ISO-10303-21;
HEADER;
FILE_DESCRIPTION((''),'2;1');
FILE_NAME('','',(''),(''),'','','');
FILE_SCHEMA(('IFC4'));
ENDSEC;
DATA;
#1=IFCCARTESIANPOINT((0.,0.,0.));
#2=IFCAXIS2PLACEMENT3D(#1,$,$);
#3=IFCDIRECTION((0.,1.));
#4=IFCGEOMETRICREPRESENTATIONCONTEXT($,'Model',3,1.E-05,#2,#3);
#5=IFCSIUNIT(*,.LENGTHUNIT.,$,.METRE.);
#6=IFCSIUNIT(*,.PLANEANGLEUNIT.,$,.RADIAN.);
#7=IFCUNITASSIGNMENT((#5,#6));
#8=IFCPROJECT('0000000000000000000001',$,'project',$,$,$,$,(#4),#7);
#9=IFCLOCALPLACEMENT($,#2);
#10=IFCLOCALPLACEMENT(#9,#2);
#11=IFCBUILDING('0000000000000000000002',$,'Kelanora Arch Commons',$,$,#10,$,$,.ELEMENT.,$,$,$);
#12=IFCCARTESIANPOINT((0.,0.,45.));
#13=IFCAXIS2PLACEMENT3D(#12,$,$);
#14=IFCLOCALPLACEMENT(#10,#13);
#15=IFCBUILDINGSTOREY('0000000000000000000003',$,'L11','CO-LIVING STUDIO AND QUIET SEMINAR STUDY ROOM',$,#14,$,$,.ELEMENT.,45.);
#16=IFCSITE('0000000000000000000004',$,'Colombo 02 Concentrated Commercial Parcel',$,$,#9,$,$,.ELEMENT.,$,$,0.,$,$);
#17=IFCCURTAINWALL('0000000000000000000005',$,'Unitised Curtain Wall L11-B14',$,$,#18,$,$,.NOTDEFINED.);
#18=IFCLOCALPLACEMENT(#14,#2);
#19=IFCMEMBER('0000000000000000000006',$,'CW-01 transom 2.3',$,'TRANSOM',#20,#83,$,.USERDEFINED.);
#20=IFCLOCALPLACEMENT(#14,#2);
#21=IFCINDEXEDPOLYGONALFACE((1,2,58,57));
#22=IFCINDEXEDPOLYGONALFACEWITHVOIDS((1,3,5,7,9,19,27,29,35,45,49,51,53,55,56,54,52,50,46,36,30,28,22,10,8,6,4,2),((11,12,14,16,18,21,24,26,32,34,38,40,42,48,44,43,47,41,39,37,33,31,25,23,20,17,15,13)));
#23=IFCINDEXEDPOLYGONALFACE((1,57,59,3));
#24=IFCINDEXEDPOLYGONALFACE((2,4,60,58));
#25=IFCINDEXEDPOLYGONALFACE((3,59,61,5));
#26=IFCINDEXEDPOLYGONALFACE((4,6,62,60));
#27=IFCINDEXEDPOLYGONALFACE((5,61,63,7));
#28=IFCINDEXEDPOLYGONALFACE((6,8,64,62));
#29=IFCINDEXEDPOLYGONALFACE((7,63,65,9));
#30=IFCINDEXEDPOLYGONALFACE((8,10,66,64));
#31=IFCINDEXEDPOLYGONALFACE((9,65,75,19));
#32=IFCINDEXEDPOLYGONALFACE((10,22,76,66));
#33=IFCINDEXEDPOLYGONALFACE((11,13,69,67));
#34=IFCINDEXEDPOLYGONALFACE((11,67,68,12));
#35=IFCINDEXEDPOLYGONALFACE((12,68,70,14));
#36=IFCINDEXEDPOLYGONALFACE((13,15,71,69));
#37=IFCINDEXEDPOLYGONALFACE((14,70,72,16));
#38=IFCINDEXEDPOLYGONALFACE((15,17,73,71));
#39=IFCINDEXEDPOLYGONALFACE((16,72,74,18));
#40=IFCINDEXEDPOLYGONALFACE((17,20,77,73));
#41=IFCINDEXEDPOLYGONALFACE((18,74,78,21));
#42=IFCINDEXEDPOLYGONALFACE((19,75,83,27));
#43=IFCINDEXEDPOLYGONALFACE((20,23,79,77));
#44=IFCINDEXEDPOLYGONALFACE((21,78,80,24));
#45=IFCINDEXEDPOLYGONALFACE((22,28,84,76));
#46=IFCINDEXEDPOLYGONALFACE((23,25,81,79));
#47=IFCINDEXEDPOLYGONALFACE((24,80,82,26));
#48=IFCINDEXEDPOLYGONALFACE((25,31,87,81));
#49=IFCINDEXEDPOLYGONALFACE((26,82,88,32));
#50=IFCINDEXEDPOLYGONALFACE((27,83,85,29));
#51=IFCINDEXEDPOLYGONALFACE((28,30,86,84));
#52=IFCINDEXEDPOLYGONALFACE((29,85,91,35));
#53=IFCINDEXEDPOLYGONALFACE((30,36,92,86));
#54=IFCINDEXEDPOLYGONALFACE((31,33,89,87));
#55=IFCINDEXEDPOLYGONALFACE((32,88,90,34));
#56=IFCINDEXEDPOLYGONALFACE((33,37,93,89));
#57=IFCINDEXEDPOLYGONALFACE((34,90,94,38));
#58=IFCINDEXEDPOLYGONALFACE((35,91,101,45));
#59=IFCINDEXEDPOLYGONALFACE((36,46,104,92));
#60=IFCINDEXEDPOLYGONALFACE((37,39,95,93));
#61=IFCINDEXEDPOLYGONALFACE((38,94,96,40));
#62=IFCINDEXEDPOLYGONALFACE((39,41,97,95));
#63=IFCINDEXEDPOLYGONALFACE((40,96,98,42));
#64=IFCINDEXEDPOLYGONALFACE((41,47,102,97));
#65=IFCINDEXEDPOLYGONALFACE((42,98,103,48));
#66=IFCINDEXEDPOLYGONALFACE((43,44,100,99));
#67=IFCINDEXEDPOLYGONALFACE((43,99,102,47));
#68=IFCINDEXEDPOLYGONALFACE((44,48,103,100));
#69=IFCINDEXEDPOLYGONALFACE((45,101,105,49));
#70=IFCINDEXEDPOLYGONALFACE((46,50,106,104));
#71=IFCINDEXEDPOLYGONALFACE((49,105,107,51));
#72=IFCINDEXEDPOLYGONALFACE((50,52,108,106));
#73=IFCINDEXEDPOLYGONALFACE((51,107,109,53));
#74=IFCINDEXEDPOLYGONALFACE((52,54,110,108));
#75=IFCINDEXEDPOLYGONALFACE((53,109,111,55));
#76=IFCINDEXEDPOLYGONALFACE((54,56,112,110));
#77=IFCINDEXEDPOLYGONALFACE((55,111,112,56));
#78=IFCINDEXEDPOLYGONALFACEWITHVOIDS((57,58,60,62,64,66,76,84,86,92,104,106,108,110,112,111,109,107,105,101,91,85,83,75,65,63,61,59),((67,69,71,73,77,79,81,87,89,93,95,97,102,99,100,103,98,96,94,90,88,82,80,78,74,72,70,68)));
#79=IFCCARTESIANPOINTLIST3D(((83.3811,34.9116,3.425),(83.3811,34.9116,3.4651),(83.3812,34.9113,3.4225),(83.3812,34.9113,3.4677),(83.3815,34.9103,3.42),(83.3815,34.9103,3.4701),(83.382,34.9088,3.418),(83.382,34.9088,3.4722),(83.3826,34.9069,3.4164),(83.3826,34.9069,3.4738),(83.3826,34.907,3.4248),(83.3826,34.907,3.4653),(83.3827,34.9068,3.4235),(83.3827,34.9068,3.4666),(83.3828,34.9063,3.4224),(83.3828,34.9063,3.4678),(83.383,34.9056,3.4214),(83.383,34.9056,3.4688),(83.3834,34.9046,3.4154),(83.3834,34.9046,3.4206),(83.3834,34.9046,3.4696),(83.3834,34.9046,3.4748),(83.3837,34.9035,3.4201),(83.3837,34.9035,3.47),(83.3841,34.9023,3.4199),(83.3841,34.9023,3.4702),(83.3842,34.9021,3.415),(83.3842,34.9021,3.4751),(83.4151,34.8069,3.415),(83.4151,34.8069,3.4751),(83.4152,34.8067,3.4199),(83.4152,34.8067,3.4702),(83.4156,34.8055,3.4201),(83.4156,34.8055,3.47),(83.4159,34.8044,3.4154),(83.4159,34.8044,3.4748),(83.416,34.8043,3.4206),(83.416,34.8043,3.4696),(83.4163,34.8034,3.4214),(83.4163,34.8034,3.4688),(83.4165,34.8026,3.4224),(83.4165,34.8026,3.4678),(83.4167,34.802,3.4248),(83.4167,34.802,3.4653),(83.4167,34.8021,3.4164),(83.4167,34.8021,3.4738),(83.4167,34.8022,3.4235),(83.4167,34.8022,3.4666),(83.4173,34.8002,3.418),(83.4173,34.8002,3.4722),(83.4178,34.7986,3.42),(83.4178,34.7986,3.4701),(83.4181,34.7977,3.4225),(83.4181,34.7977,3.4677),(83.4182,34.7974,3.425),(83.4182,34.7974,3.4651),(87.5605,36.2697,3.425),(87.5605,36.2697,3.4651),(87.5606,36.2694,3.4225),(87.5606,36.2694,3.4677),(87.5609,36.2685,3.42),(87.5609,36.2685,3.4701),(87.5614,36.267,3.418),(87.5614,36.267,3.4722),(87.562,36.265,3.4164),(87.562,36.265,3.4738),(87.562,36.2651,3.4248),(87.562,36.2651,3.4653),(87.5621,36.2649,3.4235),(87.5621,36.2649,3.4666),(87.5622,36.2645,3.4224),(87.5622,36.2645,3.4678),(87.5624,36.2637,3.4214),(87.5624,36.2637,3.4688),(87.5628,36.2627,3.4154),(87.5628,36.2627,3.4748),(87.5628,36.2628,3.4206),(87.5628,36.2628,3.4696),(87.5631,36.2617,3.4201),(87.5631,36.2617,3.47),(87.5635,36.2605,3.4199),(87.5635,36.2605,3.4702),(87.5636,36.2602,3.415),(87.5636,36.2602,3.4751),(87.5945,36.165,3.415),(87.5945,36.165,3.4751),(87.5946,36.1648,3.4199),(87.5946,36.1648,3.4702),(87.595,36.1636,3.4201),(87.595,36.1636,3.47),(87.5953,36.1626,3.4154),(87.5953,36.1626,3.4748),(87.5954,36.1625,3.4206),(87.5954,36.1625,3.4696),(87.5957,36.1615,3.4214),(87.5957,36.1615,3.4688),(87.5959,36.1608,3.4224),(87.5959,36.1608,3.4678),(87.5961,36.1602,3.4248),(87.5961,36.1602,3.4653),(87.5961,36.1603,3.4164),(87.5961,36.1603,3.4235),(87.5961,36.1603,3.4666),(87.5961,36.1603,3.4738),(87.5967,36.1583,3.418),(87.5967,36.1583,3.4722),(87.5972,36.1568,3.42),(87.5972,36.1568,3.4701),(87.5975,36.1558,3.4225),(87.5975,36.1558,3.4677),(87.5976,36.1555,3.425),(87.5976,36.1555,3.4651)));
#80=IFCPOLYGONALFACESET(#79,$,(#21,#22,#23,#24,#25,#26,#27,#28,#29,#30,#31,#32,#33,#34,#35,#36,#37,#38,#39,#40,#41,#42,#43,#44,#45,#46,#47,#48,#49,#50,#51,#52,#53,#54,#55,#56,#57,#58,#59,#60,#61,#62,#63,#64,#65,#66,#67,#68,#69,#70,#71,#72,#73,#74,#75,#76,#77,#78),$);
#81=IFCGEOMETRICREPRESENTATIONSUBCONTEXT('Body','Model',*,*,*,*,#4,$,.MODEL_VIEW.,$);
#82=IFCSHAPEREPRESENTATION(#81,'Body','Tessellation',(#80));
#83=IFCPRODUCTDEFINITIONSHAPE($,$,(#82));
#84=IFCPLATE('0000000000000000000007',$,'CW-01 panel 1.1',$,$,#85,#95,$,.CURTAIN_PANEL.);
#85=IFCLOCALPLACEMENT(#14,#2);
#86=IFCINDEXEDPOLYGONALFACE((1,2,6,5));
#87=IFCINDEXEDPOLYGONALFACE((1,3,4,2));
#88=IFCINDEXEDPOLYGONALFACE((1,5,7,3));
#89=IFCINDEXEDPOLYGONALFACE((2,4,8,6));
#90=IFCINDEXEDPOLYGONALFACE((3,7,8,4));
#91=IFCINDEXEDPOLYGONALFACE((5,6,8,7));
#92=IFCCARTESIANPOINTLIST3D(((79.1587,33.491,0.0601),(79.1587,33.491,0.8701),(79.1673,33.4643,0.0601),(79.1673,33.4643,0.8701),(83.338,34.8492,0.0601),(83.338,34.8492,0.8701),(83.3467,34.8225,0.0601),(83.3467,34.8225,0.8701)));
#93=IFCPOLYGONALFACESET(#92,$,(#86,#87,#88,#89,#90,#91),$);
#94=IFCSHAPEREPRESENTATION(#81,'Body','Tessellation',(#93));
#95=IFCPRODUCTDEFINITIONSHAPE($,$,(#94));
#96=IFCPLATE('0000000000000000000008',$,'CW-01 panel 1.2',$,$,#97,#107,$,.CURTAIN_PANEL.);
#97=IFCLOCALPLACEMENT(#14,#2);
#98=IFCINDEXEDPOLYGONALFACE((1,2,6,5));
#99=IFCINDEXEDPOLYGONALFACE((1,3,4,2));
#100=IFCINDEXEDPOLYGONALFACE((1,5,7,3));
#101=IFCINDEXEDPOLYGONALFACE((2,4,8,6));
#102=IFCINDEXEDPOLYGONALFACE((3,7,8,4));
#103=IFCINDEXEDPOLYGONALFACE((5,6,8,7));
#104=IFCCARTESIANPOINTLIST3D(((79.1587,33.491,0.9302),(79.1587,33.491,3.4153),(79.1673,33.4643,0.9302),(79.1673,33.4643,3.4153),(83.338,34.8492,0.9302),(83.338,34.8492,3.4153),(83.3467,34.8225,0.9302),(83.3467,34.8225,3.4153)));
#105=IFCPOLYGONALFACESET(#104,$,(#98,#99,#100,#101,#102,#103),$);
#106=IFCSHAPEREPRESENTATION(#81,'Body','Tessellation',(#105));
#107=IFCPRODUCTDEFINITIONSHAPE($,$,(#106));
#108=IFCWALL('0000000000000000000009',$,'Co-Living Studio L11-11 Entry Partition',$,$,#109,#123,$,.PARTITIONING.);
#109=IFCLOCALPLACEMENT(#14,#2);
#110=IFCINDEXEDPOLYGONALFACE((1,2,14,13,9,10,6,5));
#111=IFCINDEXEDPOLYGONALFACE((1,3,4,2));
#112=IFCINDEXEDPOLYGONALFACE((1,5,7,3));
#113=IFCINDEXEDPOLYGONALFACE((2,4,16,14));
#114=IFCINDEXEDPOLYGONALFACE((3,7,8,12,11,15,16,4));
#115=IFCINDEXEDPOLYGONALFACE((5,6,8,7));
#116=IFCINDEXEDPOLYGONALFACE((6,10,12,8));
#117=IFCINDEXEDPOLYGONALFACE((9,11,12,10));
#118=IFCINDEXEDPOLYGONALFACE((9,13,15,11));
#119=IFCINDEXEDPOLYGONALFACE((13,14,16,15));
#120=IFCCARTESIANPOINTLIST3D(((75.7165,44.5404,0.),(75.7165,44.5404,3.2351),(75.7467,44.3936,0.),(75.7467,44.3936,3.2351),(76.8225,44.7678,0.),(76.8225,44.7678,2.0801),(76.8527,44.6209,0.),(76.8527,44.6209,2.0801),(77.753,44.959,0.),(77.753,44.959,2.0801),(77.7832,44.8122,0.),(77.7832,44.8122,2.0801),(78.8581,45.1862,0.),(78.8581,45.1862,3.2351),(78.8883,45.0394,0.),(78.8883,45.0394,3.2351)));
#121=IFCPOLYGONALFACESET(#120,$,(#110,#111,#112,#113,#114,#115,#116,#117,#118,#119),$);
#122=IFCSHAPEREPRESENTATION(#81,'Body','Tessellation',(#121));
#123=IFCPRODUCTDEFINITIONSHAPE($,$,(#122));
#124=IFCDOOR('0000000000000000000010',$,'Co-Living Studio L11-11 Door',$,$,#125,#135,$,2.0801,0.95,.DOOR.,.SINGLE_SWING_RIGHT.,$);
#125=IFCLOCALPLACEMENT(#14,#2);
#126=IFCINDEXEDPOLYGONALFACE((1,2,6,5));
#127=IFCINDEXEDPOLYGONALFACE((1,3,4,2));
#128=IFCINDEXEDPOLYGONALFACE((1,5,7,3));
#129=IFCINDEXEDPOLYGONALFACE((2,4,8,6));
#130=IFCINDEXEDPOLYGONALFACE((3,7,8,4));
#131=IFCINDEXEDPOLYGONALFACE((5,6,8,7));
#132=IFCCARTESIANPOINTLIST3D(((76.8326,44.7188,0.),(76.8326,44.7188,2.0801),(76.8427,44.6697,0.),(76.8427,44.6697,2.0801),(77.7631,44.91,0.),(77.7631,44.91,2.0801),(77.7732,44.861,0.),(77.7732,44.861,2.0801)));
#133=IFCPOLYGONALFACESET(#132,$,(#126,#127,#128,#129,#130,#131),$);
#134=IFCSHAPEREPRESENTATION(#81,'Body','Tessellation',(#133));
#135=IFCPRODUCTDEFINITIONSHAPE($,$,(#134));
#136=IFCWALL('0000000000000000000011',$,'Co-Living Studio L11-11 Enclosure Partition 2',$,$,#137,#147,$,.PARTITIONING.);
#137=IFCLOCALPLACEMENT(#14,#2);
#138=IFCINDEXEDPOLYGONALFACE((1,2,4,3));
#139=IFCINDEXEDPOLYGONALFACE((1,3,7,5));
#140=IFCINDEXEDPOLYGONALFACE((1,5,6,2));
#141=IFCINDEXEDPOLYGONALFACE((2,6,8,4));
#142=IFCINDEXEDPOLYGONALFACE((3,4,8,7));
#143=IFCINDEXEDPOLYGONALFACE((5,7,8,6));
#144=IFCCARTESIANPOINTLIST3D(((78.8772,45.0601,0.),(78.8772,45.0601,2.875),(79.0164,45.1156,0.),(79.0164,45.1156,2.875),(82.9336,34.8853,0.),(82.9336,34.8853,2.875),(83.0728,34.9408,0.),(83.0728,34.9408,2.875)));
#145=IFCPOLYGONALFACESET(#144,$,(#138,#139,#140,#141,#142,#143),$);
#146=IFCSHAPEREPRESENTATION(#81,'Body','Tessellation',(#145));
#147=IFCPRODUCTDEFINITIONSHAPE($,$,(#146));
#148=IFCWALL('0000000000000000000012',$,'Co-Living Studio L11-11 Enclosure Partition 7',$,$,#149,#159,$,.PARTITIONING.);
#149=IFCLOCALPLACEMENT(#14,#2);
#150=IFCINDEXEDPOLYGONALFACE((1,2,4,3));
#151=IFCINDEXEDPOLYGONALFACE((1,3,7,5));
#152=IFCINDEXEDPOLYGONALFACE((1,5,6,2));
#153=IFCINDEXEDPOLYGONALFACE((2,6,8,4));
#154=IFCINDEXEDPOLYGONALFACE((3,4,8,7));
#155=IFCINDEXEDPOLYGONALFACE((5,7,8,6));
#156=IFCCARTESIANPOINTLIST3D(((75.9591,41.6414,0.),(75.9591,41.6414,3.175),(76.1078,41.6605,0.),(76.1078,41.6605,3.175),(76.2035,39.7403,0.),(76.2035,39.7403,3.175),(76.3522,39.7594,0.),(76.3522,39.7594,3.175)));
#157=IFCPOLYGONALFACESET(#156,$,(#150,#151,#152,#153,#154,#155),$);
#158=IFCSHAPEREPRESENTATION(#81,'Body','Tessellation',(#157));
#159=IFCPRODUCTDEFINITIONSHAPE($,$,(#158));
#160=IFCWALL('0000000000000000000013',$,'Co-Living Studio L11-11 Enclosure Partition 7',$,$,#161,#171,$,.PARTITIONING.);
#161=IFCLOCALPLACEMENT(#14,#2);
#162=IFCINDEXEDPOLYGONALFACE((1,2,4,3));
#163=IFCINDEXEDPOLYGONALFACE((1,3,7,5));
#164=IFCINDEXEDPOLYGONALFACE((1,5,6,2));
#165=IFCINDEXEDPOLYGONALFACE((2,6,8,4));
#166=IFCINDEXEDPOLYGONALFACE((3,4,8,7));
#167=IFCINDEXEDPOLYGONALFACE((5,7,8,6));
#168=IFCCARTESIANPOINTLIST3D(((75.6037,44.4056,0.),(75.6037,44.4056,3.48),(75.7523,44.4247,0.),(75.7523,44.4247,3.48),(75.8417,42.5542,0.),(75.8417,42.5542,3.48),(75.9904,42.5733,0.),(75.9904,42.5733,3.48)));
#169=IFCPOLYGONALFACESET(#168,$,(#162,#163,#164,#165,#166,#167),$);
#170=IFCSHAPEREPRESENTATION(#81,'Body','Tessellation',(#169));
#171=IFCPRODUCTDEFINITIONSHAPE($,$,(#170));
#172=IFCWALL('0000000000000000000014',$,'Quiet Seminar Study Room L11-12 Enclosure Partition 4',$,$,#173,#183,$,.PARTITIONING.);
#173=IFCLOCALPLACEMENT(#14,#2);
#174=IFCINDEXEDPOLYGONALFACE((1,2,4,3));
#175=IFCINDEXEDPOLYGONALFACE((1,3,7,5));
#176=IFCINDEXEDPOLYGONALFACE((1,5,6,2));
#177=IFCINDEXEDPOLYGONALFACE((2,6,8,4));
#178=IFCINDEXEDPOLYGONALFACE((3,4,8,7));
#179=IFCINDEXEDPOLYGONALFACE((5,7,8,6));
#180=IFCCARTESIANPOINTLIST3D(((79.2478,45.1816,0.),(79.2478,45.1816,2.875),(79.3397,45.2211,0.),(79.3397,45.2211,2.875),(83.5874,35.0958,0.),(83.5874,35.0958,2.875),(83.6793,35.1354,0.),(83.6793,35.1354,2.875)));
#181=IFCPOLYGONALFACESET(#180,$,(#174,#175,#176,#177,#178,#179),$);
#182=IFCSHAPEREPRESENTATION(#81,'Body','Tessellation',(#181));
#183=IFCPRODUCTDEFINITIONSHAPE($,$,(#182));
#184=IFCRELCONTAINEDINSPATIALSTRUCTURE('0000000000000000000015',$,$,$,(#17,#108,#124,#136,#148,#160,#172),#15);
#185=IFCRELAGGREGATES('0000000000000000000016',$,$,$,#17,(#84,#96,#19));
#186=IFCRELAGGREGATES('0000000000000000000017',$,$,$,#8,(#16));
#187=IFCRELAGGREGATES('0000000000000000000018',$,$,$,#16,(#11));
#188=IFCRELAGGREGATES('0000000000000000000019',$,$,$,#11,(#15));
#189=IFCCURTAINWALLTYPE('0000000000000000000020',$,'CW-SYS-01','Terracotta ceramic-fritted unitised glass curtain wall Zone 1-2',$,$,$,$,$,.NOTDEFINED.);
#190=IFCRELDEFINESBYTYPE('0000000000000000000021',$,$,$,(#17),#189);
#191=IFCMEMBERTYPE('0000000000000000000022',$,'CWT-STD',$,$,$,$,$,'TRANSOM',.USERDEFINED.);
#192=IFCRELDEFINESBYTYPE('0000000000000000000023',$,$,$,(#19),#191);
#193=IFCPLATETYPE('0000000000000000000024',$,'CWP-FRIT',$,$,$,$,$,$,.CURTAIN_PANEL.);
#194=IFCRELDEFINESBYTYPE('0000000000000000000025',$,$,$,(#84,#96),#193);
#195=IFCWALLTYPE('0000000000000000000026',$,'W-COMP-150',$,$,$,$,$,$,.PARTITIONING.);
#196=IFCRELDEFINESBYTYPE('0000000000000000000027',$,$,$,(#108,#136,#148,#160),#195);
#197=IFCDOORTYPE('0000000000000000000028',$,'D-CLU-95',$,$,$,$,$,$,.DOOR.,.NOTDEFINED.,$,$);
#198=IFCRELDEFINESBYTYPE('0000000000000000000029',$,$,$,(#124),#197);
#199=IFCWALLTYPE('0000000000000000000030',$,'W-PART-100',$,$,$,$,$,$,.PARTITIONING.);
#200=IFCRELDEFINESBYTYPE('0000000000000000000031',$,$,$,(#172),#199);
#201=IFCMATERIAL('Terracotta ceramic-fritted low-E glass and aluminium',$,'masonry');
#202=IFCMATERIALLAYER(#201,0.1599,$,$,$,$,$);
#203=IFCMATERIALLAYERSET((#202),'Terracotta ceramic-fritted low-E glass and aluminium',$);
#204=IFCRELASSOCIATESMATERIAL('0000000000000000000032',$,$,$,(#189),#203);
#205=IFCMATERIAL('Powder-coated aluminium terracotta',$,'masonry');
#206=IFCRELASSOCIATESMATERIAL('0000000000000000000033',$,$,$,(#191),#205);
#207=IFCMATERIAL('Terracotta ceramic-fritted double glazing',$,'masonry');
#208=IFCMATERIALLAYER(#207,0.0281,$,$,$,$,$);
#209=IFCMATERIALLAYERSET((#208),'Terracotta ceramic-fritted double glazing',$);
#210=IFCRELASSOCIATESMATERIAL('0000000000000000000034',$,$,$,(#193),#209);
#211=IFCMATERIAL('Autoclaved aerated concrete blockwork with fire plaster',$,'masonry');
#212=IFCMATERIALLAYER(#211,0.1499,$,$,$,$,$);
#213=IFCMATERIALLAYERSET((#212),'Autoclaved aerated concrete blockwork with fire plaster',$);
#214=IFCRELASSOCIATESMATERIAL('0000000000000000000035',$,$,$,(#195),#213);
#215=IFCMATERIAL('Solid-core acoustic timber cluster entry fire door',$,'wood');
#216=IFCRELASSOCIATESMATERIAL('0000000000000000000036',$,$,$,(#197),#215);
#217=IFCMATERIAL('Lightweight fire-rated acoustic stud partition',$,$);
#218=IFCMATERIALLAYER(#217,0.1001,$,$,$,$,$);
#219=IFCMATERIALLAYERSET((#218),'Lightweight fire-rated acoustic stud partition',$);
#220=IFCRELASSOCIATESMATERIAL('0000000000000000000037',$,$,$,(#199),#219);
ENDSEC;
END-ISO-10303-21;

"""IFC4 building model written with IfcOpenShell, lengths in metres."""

from ifc_helpers import new_model, si_unit, direction, frame, frame_2d, origin, origin_2d, place, context, subcontext, project, spatial, rectangle, hollow_rectangle, extrude, source, transform, mapped, material, layer, layer_set, material_profile, profile_set, type_object, element, fill, aggregate, save


model = new_model("IFC4")

# Units and contexts
model_context = context("Model", 3, precision=1e-05, world=origin(), true_north=direction((0.0, 1.0)))
body_context = subcontext(model_context, "Body", "Model", "MODEL_VIEW")
ifc_project = project(units=[si_unit("LENGTHUNIT", "METRE"), si_unit("PLANEANGLEUNIT", "RADIAN")], contexts=[model_context])

# Site, building, storey
site_placement = place(None, origin())
site = spatial("IfcSite", under=ifc_project, at=site_placement, Name="Colombo 02 Concentrated Commercial Parcel", CompositionType="ELEMENT", RefElevation=0.0)
building_placement = place(site_placement, origin())
building = spatial("IfcBuilding", under=site, at=building_placement, Name="Kelanora Arch Commons", CompositionType="ELEMENT")
storey_placement = place(building_placement, frame((0.0, 0.0, 45.0)))
storey = spatial("IfcBuildingStorey", under=building, at=storey_placement, Name="L11", Description="CO-LIVING STUDIO AND QUIET SEMINAR STUDY ROOM", CompositionType="ELEMENT", Elevation=45.0)

# Curtain wall, member, plates
ifc_material_1 = material(Name="Terracotta ceramic-fritted low-E glass and aluminium", Category="masonry")
ifc_layer_1 = layer(ifc_material_1, 0.1599)
ifc_layer_set_1 = layer_set([ifc_layer_1], Name="Terracotta ceramic-fritted low-E glass and aluminium")
curtain_wall_type = type_object("IfcCurtainWallType", Name="CW-SYS-01", Description="Terracotta ceramic-fritted unitised glass curtain wall Zone 1-2", PredefinedType="NOTDEFINED", material=ifc_layer_set_1)
curtain_wall_placement = place(storey_placement, origin())
curtain_wall = element("IfcCurtainWall", 1, at=curtain_wall_placement, inside=storey, type_object=curtain_wall_type, Name="Unitised Curtain Wall L11-B14", PredefinedType="NOTDEFINED")
ifc_material_2 = material(Name="Powder-coated aluminium terracotta", Category="masonry")
ifc_material_profile_1 = material_profile(ifc_material_2, hollow_rectangle(XDim=0.1201, YDim=0.0601, WallThickness=0.0049, InnerFilletRadius=0.0049, OuterFilletRadius=0.01, at=origin_2d()), Name="CWT120x60")
ifc_profile_set_1 = profile_set([ifc_material_profile_1], Name="Powder-coated aluminium terracotta")
member_type_1 = type_object("IfcMemberType", Name="CWT-STD", ElementType="TRANSOM", PredefinedType="USERDEFINED", material=ifc_profile_set_1)
member_1_placement = place(storey_placement, frame((83.3997, 34.8545, 3.4451), z_axis=(0.951045, 0.309052, 0.0), x_axis=(-0.309052, 0.951045, 0.0)))
member_1 = element("IfcMember", 2, at=member_1_placement, type_object=member_type_1, Name="CW-01 transom 2.3", ObjectType="TRANSOM", PredefinedType="USERDEFINED", context=body_context, shape_type="SweptSolid", body=[
    extrude(hollow_rectangle(XDim=0.1201, YDim=0.0601, WallThickness=0.0049, InnerFilletRadius=0.0049, OuterFilletRadius=0.01, at=origin_2d()), origin(), (0.0, 0.0, 1.0), 4.3945),
])
ifc_material_3 = material(Name="Terracotta ceramic-fritted double glazing", Category="masonry")
ifc_layer_2 = layer(ifc_material_3, 0.0281)
ifc_layer_set_2 = layer_set([ifc_layer_2], Name="Terracotta ceramic-fritted double glazing")
plate_type = type_object("IfcPlateType", Name="CWP-FRIT", PredefinedType="CURTAIN_PANEL", material=ifc_layer_set_2)
shared_shape_1 = source(origin(), body_context, "Body", "SweptSolid", [
    extrude(rectangle(XDim=4.3945, YDim=0.0281, at=origin_2d()), origin(), (0.0, 0.0, 1.0), 0.8101),
])
plate_1_placement = place(storey_placement, frame((81.2527, 34.1567, 0.0601), z_axis=(0.0, 0.0, 1.0), x_axis=(0.951043, 0.309058, 0.0)))
plate_1 = element("IfcPlate", 3, at=plate_1_placement, type_object=plate_type, Name="CW-01 panel 1.1", PredefinedType="CURTAIN_PANEL", context=body_context, shape_type="MappedRepresentation", body=[
    mapped(shared_shape_1, transform((0.0, 0.0, 0.0), scale=1.0)),
])
shared_shape_2 = source(origin(), body_context, "Body", "SweptSolid", [
    extrude(rectangle(XDim=4.3945, YDim=0.0281, at=origin_2d()), origin(), (0.0, 0.0, 1.0), 2.4851),
])
plate_2_placement = place(storey_placement, frame((81.2527, 34.1567, 0.9302), z_axis=(0.0, 0.0, 1.0), x_axis=(0.951043, 0.309058, 0.0)))
plate_2 = element("IfcPlate", 4, at=plate_2_placement, type_object=plate_type, Name="CW-01 panel 1.2", PredefinedType="CURTAIN_PANEL", context=body_context, shape_type="MappedRepresentation", body=[
    mapped(shared_shape_2, transform((0.0, 0.0, 0.0), scale=1.0)),
])
aggregate(curtain_wall, [plate_1, plate_2, member_1])

# Wall, opening, door
ifc_material_4 = material(Name="Autoclaved aerated concrete blockwork with fire plaster", Category="masonry")
ifc_layer_3 = layer(ifc_material_4, 0.1499)
ifc_layer_set_3 = layer_set([ifc_layer_3], Name="Autoclaved aerated concrete blockwork with fire plaster")
wall_type_1 = type_object("IfcWallType", Name="W-COMP-150", PredefinedType="PARTITIONING", material=ifc_layer_set_3)
wall_1_placement = place(storey_placement, frame((75.7317, 44.467, 0.0), z_axis=(0.0, 0.0, 1.0), x_axis=(0.979522, 0.201339, 0.0)))
wall_1 = element("IfcWall", 5, at=wall_1_placement, inside=storey, type_object=wall_type_1, Name="Co-Living Studio L11-11 Entry Partition", PredefinedType="PARTITIONING", context=body_context, shape_type="SweptSolid", body=[
    extrude(rectangle(XDim=3.2073, YDim=0.1499, at=frame_2d((1.6035, 0.0))), origin(), (0.0, 0.0, 1.0), 3.2351),
])
opening_1_placement = place(wall_1_placement, frame((1.1289, 0.0, 0.0)))
opening_1 = element("IfcOpeningElement", 6, at=opening_1_placement, cuts=wall_1, PredefinedType="OPENING", context=body_context, shape_type="SweptSolid", body=[
    extrude(rectangle(XDim=0.95, YDim=2.0801, at=frame_2d((0.4751, 1.04))), frame((0.0, 0.085, 0.0), z_axis=(0.0, -1.0, 0.0), x_axis=(1.0, 0.0, 0.0)), (0.0, 0.0, 1.0), 0.1699),
])
ifc_material_5 = material(Name="Solid-core acoustic timber cluster entry fire door", Category="wood")
door_type_1 = type_object("IfcDoorType", Name="D-CLU-95", OperationType="NOTDEFINED", PredefinedType="DOOR", material=ifc_material_5)
door_1_placement = place(opening_1_placement, origin())
door_1 = element("IfcDoor", 7, at=door_1_placement, inside=storey, type_object=door_type_1, Name="Co-Living Studio L11-11 Door", OperationType="SINGLE_SWING_RIGHT", OverallHeight=2.0801, OverallWidth=0.95, PredefinedType="DOOR", context=body_context, shape_type="SweptSolid", body=[
    extrude(rectangle(XDim=0.95, YDim=2.0801, at=frame_2d((0.4751, 1.04))), frame((0.0, 0.0249, 0.0), z_axis=(0.0, -1.0, 0.0), x_axis=(1.0, 0.0, 0.0)), (0.0, 0.0, 1.0), 0.05),
])
fill(opening_1, door_1)

# Walls
wall_2_placement = place(storey_placement, frame((78.9468, 45.0879, 0.0), z_axis=(0.0, 0.0, 1.0), x_axis=(0.370326, -0.928902, 0.0)))
element("IfcWall", 8, at=wall_2_placement, inside=storey, type_object=wall_type_1, Name="Co-Living Studio L11-11 Enclosure Partition 2", PredefinedType="PARTITIONING", context=body_context, shape_type="SweptSolid", body=[
    extrude(rectangle(XDim=10.9536, YDim=0.1499, at=frame_2d((5.4768, 0.0))), origin(), (0.0, 0.0, 1.0), 2.875),
])
wall_3_placement = place(storey_placement, frame((76.2778, 39.7498, 0.0), z_axis=(0.0, 0.0, 1.0), x_axis=(-0.127498, 0.991839, 0.0)))
element("IfcWall", 9, at=wall_3_placement, inside=storey, type_object=wall_type_1, Name="Co-Living Studio L11-11 Enclosure Partition 7", PredefinedType="PARTITIONING", context=body_context, shape_type="SweptSolid", body=[
    extrude(rectangle(XDim=1.9167, YDim=0.1499, at=frame_2d((0.9585, 0.0))), origin(), (0.0, 0.0, 1.0), 3.175),
])
wall_4_placement = place(storey_placement, frame((75.916, 42.5637, 0.0), z_axis=(0.0, 0.0, 1.0), x_axis=(-0.127511, 0.991837, 0.0)))
element("IfcWall", 10, at=wall_4_placement, inside=storey, type_object=wall_type_1, Name="Co-Living Studio L11-11 Enclosure Partition 7", PredefinedType="PARTITIONING", context=body_context, shape_type="SweptSolid", body=[
    extrude(rectangle(XDim=1.8667, YDim=0.1499, at=frame_2d((0.9333, 0.0))), origin(), (0.0, 0.0, 1.0), 3.48),
])
ifc_material_6 = material(Name="Lightweight fire-rated acoustic stud partition")
ifc_layer_4 = layer(ifc_material_6, 0.1001)
ifc_layer_set_4 = layer_set([ifc_layer_4], Name="Lightweight fire-rated acoustic stud partition")
wall_type_2 = type_object("IfcWallType", Name="W-PART-100", PredefinedType="PARTITIONING", material=ifc_layer_set_4)
wall_5_placement = place(storey_placement, frame((83.6333, 35.1157, 0.0), z_axis=(0.0, 0.0, 1.0), x_axis=(-0.395239, 0.918578, 0.0)))
element("IfcWall", 11, at=wall_5_placement, inside=storey, type_object=wall_type_2, Name="Quiet Seminar Study Room L11-12 Enclosure Partition 4", PredefinedType="PARTITIONING", context=body_context, shape_type="SweptSolid", body=[
    extrude(rectangle(XDim=10.9797, YDim=0.1001, at=frame_2d((5.4897, 0.0))), origin(), (0.0, 0.0, 1.0), 2.875),
])

save(model, "model.ifc")
